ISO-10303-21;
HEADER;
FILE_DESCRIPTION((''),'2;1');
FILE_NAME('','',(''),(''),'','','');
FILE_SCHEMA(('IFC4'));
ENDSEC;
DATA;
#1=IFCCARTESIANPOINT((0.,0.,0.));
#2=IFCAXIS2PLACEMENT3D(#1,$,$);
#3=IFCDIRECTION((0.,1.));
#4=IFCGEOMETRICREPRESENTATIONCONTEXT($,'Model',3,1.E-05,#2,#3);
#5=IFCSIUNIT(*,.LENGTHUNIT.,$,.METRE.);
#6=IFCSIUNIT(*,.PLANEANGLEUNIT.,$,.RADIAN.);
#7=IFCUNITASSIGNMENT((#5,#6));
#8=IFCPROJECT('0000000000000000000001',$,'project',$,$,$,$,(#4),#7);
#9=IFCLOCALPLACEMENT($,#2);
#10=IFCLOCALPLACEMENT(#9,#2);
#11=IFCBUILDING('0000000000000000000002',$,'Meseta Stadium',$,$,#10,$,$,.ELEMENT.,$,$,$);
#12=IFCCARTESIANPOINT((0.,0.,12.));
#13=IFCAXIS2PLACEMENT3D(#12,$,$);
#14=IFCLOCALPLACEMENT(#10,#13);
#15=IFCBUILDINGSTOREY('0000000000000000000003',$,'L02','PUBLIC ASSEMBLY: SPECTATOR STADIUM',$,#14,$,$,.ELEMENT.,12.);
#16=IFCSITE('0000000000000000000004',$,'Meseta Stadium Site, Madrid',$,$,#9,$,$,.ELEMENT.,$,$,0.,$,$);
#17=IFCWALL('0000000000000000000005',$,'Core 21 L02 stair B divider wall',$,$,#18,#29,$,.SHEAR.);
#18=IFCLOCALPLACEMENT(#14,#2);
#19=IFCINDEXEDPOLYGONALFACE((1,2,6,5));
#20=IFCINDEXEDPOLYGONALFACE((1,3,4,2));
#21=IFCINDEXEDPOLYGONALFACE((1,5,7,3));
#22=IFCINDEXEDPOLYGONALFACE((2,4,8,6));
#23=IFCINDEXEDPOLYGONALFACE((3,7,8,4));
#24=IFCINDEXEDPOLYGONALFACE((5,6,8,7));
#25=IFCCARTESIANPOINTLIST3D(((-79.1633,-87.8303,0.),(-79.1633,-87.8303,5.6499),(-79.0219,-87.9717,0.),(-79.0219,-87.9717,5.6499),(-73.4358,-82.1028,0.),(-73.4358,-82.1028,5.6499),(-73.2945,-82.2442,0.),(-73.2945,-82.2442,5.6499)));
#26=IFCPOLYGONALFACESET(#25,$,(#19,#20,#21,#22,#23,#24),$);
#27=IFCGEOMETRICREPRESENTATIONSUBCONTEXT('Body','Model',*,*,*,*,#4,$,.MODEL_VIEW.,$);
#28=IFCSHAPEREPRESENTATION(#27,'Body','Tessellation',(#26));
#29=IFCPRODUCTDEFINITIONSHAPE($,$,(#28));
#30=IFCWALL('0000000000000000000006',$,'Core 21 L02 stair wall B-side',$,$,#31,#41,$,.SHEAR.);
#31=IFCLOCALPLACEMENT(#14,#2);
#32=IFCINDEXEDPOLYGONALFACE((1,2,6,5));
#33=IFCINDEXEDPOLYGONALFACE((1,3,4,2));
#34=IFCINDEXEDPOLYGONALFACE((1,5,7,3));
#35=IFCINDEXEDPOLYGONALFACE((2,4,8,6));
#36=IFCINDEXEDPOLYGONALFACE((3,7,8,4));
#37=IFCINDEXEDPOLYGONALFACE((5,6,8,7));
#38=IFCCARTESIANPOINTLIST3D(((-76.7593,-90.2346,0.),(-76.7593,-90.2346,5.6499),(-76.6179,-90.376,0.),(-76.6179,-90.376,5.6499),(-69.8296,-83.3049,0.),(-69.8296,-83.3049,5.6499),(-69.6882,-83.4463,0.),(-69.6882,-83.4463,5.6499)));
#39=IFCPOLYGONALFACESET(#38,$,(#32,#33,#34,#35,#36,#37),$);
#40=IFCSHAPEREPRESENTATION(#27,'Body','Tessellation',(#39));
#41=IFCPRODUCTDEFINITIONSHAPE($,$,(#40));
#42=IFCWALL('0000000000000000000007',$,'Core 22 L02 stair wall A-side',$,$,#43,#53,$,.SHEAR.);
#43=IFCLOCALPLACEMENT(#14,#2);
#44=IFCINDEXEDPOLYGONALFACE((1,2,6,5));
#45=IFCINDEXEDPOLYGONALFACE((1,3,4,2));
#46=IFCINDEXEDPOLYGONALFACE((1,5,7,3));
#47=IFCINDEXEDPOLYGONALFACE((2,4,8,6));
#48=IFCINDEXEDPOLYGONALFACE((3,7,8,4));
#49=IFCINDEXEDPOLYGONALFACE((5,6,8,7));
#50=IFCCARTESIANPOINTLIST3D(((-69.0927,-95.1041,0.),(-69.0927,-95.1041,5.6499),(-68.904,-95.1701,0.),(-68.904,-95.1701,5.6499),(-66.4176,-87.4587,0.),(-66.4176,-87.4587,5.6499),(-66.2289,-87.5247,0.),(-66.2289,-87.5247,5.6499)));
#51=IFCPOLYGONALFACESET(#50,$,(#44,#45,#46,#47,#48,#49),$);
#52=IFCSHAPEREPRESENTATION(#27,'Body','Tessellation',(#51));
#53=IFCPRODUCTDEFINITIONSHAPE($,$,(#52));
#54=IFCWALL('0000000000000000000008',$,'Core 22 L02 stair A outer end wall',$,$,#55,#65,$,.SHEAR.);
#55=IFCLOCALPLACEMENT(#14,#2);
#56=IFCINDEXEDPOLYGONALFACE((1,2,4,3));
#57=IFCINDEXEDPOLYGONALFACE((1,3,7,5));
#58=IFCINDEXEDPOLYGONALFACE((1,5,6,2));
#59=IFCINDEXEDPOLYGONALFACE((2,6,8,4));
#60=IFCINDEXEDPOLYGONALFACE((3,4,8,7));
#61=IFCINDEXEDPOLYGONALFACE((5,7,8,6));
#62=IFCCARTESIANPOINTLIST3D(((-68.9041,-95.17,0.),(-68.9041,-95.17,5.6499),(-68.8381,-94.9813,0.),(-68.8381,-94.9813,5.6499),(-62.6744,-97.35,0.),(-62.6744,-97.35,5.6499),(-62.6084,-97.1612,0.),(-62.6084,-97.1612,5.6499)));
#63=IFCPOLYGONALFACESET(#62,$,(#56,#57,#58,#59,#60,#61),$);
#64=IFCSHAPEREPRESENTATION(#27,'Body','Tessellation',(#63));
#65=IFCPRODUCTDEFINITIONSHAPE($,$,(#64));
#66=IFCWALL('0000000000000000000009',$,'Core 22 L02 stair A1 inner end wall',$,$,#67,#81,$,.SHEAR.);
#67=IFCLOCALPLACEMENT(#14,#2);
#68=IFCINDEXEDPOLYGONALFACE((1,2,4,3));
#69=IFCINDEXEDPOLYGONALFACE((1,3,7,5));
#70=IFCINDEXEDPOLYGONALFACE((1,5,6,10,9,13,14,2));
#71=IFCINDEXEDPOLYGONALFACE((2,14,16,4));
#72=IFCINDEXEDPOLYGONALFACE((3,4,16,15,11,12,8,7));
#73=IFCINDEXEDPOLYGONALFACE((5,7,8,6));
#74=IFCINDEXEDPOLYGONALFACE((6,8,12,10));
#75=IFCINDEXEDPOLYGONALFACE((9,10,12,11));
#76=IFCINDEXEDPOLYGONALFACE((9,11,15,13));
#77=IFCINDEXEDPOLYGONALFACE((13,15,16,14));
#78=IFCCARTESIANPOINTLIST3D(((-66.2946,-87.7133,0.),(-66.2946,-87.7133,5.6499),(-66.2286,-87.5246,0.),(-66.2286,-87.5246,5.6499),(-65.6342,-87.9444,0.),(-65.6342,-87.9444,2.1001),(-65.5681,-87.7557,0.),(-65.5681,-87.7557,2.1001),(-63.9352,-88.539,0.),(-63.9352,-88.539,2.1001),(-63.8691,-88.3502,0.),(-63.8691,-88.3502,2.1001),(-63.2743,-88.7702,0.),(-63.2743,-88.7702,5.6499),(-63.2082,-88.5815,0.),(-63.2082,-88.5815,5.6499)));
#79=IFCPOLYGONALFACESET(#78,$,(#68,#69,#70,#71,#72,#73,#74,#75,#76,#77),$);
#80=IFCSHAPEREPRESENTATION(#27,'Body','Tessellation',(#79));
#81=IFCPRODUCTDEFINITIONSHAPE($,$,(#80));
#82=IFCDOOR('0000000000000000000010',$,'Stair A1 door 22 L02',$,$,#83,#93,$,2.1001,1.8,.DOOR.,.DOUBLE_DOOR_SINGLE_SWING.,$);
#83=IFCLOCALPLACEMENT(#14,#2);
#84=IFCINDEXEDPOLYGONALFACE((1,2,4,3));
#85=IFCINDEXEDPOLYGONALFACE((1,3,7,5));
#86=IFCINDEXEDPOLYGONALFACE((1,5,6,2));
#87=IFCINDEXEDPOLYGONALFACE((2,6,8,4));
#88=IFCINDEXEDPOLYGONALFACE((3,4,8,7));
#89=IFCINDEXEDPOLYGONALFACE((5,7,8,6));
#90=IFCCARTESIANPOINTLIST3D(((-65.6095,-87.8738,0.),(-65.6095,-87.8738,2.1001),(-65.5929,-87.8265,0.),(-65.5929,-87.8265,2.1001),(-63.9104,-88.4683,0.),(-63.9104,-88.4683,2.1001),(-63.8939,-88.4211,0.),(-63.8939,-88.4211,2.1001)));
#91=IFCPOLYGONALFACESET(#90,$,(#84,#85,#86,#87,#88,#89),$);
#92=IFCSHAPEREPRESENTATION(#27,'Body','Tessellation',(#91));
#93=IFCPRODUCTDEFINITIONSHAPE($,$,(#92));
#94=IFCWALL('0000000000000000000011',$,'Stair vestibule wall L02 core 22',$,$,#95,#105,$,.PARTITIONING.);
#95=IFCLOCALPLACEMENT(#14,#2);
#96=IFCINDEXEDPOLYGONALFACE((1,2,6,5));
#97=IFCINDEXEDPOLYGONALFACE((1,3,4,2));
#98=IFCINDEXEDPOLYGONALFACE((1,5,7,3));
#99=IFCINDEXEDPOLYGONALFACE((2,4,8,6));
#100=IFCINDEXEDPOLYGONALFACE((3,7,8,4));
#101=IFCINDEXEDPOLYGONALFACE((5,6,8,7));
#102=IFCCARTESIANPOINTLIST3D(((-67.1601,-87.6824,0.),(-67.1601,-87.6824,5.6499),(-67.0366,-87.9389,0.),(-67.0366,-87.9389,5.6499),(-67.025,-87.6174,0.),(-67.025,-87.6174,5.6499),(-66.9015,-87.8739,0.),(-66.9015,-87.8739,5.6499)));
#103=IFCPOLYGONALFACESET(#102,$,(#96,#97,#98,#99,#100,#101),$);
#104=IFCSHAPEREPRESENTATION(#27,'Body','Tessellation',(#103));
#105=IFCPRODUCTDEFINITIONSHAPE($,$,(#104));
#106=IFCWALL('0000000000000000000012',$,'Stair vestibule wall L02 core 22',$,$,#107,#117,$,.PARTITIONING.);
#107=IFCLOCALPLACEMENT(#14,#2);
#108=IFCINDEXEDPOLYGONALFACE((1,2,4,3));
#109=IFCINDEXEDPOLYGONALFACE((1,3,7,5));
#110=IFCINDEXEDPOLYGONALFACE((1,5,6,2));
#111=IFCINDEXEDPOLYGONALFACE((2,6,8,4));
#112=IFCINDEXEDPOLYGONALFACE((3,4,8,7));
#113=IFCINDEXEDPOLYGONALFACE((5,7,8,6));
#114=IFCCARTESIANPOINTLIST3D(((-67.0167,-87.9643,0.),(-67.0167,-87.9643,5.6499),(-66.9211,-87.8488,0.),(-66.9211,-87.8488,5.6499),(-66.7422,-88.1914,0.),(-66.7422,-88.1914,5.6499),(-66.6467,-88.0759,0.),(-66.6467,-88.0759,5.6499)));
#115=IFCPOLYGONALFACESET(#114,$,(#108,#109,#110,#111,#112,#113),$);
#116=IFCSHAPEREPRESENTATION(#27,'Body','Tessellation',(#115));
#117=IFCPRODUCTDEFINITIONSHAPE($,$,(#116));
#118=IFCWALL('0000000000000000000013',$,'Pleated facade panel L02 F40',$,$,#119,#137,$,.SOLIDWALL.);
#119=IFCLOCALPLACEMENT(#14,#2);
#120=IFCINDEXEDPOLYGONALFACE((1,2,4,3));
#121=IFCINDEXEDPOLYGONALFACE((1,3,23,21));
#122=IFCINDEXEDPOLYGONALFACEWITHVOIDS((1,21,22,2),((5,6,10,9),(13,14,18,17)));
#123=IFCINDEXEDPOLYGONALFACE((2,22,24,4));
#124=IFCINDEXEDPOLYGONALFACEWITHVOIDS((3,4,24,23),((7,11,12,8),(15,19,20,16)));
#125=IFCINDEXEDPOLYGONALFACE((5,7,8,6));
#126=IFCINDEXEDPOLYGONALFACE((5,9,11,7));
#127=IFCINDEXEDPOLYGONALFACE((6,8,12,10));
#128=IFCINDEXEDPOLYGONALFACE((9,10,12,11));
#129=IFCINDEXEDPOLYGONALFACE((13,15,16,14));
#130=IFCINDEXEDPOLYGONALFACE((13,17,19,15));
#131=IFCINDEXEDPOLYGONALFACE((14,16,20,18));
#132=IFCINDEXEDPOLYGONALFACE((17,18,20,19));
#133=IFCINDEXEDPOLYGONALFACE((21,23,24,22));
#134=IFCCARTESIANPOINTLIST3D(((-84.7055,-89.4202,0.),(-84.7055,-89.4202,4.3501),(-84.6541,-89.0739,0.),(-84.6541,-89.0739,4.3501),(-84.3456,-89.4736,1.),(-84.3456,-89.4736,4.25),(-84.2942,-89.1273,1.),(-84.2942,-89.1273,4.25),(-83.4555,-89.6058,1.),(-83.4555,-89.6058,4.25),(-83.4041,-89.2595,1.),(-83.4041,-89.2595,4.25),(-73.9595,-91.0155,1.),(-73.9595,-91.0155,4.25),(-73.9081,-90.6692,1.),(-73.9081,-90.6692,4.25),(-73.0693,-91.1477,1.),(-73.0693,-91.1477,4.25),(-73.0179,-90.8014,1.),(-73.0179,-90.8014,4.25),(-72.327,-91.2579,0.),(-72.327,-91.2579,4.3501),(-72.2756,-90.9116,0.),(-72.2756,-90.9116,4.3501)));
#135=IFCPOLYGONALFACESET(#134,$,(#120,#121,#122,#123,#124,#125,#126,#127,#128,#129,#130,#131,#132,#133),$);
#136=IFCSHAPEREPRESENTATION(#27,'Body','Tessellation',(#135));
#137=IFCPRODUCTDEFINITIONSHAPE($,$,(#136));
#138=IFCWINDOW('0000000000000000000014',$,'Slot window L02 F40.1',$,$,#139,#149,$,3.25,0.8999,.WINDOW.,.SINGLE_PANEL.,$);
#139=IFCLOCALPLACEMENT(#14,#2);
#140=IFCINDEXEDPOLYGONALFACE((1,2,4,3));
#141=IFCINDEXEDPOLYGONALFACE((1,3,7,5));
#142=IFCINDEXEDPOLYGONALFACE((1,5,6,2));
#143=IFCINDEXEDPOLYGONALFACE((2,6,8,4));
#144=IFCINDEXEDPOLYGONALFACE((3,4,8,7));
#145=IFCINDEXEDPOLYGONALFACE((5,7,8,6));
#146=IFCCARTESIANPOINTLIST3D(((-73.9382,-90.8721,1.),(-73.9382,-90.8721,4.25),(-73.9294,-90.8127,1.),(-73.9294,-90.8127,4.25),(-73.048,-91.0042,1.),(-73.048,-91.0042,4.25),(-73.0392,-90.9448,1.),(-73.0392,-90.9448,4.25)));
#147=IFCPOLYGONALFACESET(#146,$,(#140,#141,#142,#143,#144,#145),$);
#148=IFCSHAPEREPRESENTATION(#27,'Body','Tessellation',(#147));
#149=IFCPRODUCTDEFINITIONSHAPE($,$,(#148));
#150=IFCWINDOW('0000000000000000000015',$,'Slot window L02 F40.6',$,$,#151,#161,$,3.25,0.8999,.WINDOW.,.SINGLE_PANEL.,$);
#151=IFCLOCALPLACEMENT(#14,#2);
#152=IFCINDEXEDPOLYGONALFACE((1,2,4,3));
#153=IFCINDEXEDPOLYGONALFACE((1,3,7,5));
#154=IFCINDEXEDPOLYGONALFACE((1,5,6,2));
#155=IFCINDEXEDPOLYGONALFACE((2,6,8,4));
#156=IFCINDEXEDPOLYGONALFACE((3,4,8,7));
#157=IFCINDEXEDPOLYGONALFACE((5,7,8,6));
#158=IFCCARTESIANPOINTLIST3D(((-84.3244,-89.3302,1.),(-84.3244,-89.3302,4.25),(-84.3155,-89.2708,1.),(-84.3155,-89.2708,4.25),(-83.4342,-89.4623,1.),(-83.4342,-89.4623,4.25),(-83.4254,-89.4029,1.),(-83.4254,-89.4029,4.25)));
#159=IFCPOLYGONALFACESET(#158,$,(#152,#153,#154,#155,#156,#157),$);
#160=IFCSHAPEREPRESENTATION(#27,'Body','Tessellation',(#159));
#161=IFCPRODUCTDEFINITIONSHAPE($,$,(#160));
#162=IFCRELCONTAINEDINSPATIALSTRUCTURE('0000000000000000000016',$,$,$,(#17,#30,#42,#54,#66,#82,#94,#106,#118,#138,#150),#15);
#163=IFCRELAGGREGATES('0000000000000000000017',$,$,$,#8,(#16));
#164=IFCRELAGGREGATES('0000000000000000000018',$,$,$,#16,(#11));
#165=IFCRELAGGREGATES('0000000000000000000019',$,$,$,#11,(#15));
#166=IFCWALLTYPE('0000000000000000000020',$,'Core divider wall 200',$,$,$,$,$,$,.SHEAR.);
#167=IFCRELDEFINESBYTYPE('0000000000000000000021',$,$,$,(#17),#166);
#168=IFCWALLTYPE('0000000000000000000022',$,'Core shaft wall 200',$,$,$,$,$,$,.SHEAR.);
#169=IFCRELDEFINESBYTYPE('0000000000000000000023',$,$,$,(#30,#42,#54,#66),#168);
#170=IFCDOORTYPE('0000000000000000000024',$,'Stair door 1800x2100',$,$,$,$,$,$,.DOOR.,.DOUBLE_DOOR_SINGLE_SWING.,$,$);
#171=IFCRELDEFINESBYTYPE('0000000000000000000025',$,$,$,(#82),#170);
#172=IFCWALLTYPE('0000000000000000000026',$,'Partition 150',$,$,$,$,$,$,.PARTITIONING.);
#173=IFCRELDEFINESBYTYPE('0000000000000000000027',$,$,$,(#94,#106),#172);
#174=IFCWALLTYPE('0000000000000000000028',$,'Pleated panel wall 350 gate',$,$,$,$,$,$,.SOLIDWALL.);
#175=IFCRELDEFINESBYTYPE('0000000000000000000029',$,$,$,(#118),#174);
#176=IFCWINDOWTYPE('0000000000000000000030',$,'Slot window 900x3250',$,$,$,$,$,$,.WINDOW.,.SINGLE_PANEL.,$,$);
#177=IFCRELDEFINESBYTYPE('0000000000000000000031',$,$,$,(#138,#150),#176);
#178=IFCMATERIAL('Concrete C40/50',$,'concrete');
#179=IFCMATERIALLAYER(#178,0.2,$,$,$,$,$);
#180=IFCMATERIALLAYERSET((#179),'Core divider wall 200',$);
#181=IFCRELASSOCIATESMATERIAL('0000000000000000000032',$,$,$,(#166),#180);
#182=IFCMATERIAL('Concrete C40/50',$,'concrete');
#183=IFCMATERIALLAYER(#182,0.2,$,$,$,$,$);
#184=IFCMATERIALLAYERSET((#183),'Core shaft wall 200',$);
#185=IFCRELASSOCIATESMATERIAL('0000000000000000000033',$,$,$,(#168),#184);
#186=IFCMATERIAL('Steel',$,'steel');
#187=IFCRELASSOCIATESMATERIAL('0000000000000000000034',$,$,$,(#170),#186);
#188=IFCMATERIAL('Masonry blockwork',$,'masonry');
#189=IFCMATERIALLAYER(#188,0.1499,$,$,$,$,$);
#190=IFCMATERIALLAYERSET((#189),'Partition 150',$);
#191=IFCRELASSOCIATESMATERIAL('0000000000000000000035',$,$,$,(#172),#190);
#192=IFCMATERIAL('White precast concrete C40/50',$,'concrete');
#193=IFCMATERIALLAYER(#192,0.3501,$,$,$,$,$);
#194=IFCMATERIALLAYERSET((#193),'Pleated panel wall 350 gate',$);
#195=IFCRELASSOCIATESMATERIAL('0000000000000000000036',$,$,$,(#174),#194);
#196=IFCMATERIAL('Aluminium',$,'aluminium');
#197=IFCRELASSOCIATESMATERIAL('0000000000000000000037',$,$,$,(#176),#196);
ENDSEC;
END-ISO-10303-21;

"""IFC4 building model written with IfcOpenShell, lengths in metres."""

from ifc_helpers import new_model, si_unit, direction, frame, frame_2d, origin, place, context, subcontext, project, spatial, rectangle, extrude, material, layer, layer_set, type_object, element, fill, save


model = new_model("IFC4")

# Units and contexts
model_context = context("Model", 3, precision=1e-05, world=origin(), true_north=direction((0.0, 1.0)))
body_context = subcontext(model_context, "Body", "Model", "MODEL_VIEW")
ifc_project = project(units=[si_unit("LENGTHUNIT", "METRE"), si_unit("PLANEANGLEUNIT", "RADIAN")], contexts=[model_context])

# Site, building, storey
site_placement = place(None, origin())
site = spatial("IfcSite", under=ifc_project, at=site_placement, Name="Meseta Stadium Site, Madrid", CompositionType="ELEMENT", RefElevation=0.0)
building_placement = place(site_placement, origin())
building = spatial("IfcBuilding", under=site, at=building_placement, Name="Meseta Stadium", CompositionType="ELEMENT")
storey_placement = place(building_placement, frame((0.0, 0.0, 12.0)))
storey = spatial("IfcBuildingStorey", under=building, at=storey_placement, Name="L02", Description="PUBLIC ASSEMBLY: SPECTATOR STADIUM", CompositionType="ELEMENT", Elevation=12.0)

# Walls
ifc_material_1 = material(Name="Concrete C40/50", Category="concrete")
ifc_layer_1 = layer(ifc_material_1, 0.2)
ifc_layer_set_1 = layer_set([ifc_layer_1], Name="Core divider wall 200")
wall_type_1 = type_object("IfcWallType", Name="Core divider wall 200", PredefinedType="SHEAR", material=ifc_layer_set_1)
wall_1_placement = place(storey_placement, frame((-79.0925, -87.9009, 0.0), z_axis=(0.0, 0.0, 1.0), x_axis=(0.707107, 0.707107, 0.0)))
element("IfcWall", 1, at=wall_1_placement, inside=storey, type_object=wall_type_1, Name="Core 21 L02 stair B divider wall", PredefinedType="SHEAR", context=body_context, shape_type="SweptSolid", body=[
    extrude(rectangle(XDim=8.0999, YDim=0.2, at=frame_2d((4.0498, 0.0))), origin(), (0.0, 0.0, 1.0), 5.6499),
])
ifc_material_2 = material(Name="Concrete C40/50", Category="concrete")
ifc_layer_2 = layer(ifc_material_2, 0.2)
ifc_layer_set_2 = layer_set([ifc_layer_2], Name="Core shaft wall 200")
wall_type_2 = type_object("IfcWallType", Name="Core shaft wall 200", PredefinedType="SHEAR", material=ifc_layer_set_2)
wall_2_placement = place(storey_placement, frame((-76.6885, -90.3052, 0.0), z_axis=(0.0, 0.0, 1.0), x_axis=(0.707107, 0.707107, 0.0)))
element("IfcWall", 2, at=wall_2_placement, inside=storey, type_object=wall_type_2, Name="Core 21 L02 stair wall B-side", PredefinedType="SHEAR", context=body_context, shape_type="SweptSolid", body=[
    extrude(rectangle(XDim=9.8, YDim=0.2, at=frame_2d((4.8999, 0.0))), origin(), (0.0, 0.0, 1.0), 5.6499),
])
wall_3_placement = place(storey_placement, frame((-68.9983, -95.137, 0.0), z_axis=(0.0, 0.0, 1.0), x_axis=(0.330263, 0.943889, 0.0)))
element("IfcWall", 3, at=wall_3_placement, inside=storey, type_object=wall_type_2, Name="Core 22 L02 stair wall A-side", PredefinedType="SHEAR", context=body_context, shape_type="SweptSolid", body=[
    extrude(rectangle(XDim=8.0999, YDim=0.2, at=frame_2d((4.0498, 0.0))), origin(), (0.0, 0.0, 1.0), 5.6499),
])
wall_4_placement = place(storey_placement, frame((-68.8711, -95.0757, 0.0), z_axis=(0.0, 0.0, 1.0), x_axis=(0.943881, -0.330286, 0.0)))
element("IfcWall", 4, at=wall_4_placement, inside=storey, type_object=wall_type_2, Name="Core 22 L02 stair A outer end wall", PredefinedType="SHEAR", context=body_context, shape_type="SweptSolid", body=[
    extrude(rectangle(XDim=6.6001, YDim=0.2, at=frame_2d((3.3, 0.0))), origin(), (0.0, 0.0, 1.0), 5.6499),
])

# Wall, opening, door
wall_5_placement = place(storey_placement, frame((-66.2617, -87.6189, 0.0), z_axis=(0.0, 0.0, 1.0), x_axis=(0.943879, -0.330293, 0.0)))
wall_5 = element("IfcWall", 5, at=wall_5_placement, inside=storey, type_object=wall_type_2, Name="Core 22 L02 stair A1 inner end wall", PredefinedType="SHEAR", context=body_context, shape_type="SweptSolid", body=[
    extrude(rectangle(XDim=3.2, YDim=0.2, at=frame_2d((1.6001, 0.0))), origin(), (0.0, 0.0, 1.0), 5.6499),
])
opening_1_placement = place(wall_5_placement, frame((0.7, 0.0, 0.0)))
opening_1 = element("IfcOpeningElement", 6, at=opening_1_placement, cuts=wall_5, PredefinedType="OPENING", context=body_context, shape_type="SweptSolid", body=[
    extrude(rectangle(XDim=1.8, YDim=2.1001, at=frame_2d((0.8999, 1.05))), frame((0.0, 0.1099, 0.0), z_axis=(0.0, -1.0, 0.0), x_axis=(1.0, 0.0, 0.0)), (0.0, 0.0, 1.0), 0.22),
])
ifc_material_3 = material(Name="Steel", Category="steel")
door_type = type_object("IfcDoorType", Name="Stair door 1800x2100", OperationType="DOUBLE_DOOR_SINGLE_SWING", PredefinedType="DOOR", material=ifc_material_3)
door_placement = place(opening_1_placement, origin())
door = element("IfcDoor", 7, at=door_placement, inside=storey, type_object=door_type, Name="Stair A1 door 22 L02", OperationType="DOUBLE_DOOR_SINGLE_SWING", OverallHeight=2.1001, OverallWidth=1.8, PredefinedType="DOOR", context=body_context, shape_type="SweptSolid", body=[
    extrude(rectangle(XDim=1.8, YDim=2.1001, at=frame_2d((0.8999, 1.05))), frame((0.0, 0.0249, 0.0), z_axis=(0.0, -1.0, 0.0), x_axis=(1.0, 0.0, 0.0)), (0.0, 0.0, 1.0), 0.05),
])
fill(opening_1, door)

# Walls
ifc_material_4 = material(Name="Masonry blockwork", Category="masonry")
ifc_layer_3 = layer(ifc_material_4, 0.1499)
ifc_layer_set_3 = layer_set([ifc_layer_3], Name="Partition 150")
wall_type_3 = type_object("IfcWallType", Name="Partition 150", PredefinedType="PARTITIONING", material=ifc_layer_set_3)
wall_6_placement = place(storey_placement, frame((-67.0925, -87.6499, 0.0), z_axis=(0.0, 0.0, 1.0), x_axis=(0.43379, -0.901014, 0.0)))
element("IfcWall", 8, at=wall_6_placement, inside=storey, type_object=wall_type_3, Name="Stair vestibule wall L02 core 22", PredefinedType="PARTITIONING", context=body_context, shape_type="SweptSolid", body=[
    extrude(rectangle(XDim=0.2847, YDim=0.1499, at=frame_2d((0.1423, 0.0))), origin(), (0.0, 0.0, 1.0), 5.6499),
])
wall_7_placement = place(storey_placement, frame((-66.969, -87.9065, 0.0), z_axis=(0.0, 0.0, 1.0), x_axis=(0.770464, -0.637484, 0.0)))
element("IfcWall", 9, at=wall_7_placement, inside=storey, type_object=wall_type_3, Name="Stair vestibule wall L02 core 22", PredefinedType="PARTITIONING", context=body_context, shape_type="SweptSolid", body=[
    extrude(rectangle(XDim=0.3562, YDim=0.1499, at=frame_2d((0.1782, 0.0))), origin(), (0.0, 0.0, 1.0), 5.6499),
])

# Wall, openings, windows
ifc_material_5 = material(Name="White precast concrete C40/50", Category="concrete")
ifc_layer_4 = layer(ifc_material_5, 0.3501)
ifc_layer_set_4 = layer_set([ifc_layer_4], Name="Pleated panel wall 350 gate")
wall_type_4 = type_object("IfcWallType", Name="Pleated panel wall 350 gate", PredefinedType="SOLIDWALL", material=ifc_layer_set_4)
wall_8_placement = place(storey_placement, frame((-72.3013, -91.0847, 0.0), z_axis=(0.0, 0.0, 1.0), x_axis=(-0.989159, 0.146846, 0.0)))
wall_8 = element("IfcWall", 10, at=wall_8_placement, inside=storey, type_object=wall_type_4, Name="Pleated facade panel L02 F40", PredefinedType="SOLIDWALL", context=body_context, shape_type="SweptSolid", body=[
    extrude(rectangle(XDim=12.5142, YDim=0.3501, at=frame_2d((6.2571, 0.0))), origin(), (0.0, 0.0, 1.0), 4.3501),
])
opening_2_placement = place(wall_8_placement, frame((0.7505, 0.0, 1.0)))
opening_2 = element("IfcOpeningElement", 11, at=opening_2_placement, cuts=wall_8, PredefinedType="OPENING", context=body_context, shape_type="SweptSolid", body=[
    extrude(rectangle(XDim=0.8999, YDim=3.25, at=frame_2d((0.45, 1.625))), frame((0.0, 0.1851, 0.0), z_axis=(0.0, -1.0, 0.0), x_axis=(1.0, 0.0, 0.0)), (0.0, 0.0, 1.0), 0.3701),
])
opening_3_placement = place(wall_8_placement, frame((11.2505, 0.0, 1.0)))
opening_3 = element("IfcOpeningElement", 12, at=opening_3_placement, cuts=wall_8, PredefinedType="OPENING", context=body_context, shape_type="SweptSolid", body=[
    extrude(rectangle(XDim=0.8999, YDim=3.25, at=frame_2d((0.45, 1.625))), frame((0.0, 0.1851, 0.0), z_axis=(0.0, -1.0, 0.0), x_axis=(1.0, 0.0, 0.0)), (0.0, 0.0, 1.0), 0.3701),
])
ifc_material_6 = material(Name="Aluminium", Category="aluminium")
window_type = type_object("IfcWindowType", Name="Slot window 900x3250", PartitioningType="SINGLE_PANEL", PredefinedType="WINDOW", material=ifc_material_6)
window_1_placement = place(opening_2_placement, origin())
window_1 = element("IfcWindow", 13, at=window_1_placement, inside=storey, type_object=window_type, Name="Slot window L02 F40.1", OverallHeight=3.25, OverallWidth=0.8999, PartitioningType="SINGLE_PANEL", PredefinedType="WINDOW", context=body_context, shape_type="SweptSolid", body=[
    extrude(rectangle(XDim=0.8999, YDim=3.25, at=frame_2d((0.45, 1.625))), frame((0.0, 0.03, 0.0), z_axis=(0.0, -1.0, 0.0), x_axis=(1.0, 0.0, 0.0)), (0.0, 0.0, 1.0), 0.0601),
])
fill(opening_2, window_1)
window_2_placement = place(opening_3_placement, origin())
window_2 = element("IfcWindow", 14, at=window_2_placement, inside=storey, type_object=window_type, Name="Slot window L02 F40.6", OverallHeight=3.25, OverallWidth=0.8999, PartitioningType="SINGLE_PANEL", PredefinedType="WINDOW", context=body_context, shape_type="SweptSolid", body=[
    extrude(rectangle(XDim=0.8999, YDim=3.25, at=frame_2d((0.45, 1.625))), frame((0.0, 0.03, 0.0), z_axis=(0.0, -1.0, 0.0), x_axis=(1.0, 0.0, 0.0)), (0.0, 0.0, 1.0), 0.0601),
])
fill(opening_3, window_2)

save(model, "model.ifc")
